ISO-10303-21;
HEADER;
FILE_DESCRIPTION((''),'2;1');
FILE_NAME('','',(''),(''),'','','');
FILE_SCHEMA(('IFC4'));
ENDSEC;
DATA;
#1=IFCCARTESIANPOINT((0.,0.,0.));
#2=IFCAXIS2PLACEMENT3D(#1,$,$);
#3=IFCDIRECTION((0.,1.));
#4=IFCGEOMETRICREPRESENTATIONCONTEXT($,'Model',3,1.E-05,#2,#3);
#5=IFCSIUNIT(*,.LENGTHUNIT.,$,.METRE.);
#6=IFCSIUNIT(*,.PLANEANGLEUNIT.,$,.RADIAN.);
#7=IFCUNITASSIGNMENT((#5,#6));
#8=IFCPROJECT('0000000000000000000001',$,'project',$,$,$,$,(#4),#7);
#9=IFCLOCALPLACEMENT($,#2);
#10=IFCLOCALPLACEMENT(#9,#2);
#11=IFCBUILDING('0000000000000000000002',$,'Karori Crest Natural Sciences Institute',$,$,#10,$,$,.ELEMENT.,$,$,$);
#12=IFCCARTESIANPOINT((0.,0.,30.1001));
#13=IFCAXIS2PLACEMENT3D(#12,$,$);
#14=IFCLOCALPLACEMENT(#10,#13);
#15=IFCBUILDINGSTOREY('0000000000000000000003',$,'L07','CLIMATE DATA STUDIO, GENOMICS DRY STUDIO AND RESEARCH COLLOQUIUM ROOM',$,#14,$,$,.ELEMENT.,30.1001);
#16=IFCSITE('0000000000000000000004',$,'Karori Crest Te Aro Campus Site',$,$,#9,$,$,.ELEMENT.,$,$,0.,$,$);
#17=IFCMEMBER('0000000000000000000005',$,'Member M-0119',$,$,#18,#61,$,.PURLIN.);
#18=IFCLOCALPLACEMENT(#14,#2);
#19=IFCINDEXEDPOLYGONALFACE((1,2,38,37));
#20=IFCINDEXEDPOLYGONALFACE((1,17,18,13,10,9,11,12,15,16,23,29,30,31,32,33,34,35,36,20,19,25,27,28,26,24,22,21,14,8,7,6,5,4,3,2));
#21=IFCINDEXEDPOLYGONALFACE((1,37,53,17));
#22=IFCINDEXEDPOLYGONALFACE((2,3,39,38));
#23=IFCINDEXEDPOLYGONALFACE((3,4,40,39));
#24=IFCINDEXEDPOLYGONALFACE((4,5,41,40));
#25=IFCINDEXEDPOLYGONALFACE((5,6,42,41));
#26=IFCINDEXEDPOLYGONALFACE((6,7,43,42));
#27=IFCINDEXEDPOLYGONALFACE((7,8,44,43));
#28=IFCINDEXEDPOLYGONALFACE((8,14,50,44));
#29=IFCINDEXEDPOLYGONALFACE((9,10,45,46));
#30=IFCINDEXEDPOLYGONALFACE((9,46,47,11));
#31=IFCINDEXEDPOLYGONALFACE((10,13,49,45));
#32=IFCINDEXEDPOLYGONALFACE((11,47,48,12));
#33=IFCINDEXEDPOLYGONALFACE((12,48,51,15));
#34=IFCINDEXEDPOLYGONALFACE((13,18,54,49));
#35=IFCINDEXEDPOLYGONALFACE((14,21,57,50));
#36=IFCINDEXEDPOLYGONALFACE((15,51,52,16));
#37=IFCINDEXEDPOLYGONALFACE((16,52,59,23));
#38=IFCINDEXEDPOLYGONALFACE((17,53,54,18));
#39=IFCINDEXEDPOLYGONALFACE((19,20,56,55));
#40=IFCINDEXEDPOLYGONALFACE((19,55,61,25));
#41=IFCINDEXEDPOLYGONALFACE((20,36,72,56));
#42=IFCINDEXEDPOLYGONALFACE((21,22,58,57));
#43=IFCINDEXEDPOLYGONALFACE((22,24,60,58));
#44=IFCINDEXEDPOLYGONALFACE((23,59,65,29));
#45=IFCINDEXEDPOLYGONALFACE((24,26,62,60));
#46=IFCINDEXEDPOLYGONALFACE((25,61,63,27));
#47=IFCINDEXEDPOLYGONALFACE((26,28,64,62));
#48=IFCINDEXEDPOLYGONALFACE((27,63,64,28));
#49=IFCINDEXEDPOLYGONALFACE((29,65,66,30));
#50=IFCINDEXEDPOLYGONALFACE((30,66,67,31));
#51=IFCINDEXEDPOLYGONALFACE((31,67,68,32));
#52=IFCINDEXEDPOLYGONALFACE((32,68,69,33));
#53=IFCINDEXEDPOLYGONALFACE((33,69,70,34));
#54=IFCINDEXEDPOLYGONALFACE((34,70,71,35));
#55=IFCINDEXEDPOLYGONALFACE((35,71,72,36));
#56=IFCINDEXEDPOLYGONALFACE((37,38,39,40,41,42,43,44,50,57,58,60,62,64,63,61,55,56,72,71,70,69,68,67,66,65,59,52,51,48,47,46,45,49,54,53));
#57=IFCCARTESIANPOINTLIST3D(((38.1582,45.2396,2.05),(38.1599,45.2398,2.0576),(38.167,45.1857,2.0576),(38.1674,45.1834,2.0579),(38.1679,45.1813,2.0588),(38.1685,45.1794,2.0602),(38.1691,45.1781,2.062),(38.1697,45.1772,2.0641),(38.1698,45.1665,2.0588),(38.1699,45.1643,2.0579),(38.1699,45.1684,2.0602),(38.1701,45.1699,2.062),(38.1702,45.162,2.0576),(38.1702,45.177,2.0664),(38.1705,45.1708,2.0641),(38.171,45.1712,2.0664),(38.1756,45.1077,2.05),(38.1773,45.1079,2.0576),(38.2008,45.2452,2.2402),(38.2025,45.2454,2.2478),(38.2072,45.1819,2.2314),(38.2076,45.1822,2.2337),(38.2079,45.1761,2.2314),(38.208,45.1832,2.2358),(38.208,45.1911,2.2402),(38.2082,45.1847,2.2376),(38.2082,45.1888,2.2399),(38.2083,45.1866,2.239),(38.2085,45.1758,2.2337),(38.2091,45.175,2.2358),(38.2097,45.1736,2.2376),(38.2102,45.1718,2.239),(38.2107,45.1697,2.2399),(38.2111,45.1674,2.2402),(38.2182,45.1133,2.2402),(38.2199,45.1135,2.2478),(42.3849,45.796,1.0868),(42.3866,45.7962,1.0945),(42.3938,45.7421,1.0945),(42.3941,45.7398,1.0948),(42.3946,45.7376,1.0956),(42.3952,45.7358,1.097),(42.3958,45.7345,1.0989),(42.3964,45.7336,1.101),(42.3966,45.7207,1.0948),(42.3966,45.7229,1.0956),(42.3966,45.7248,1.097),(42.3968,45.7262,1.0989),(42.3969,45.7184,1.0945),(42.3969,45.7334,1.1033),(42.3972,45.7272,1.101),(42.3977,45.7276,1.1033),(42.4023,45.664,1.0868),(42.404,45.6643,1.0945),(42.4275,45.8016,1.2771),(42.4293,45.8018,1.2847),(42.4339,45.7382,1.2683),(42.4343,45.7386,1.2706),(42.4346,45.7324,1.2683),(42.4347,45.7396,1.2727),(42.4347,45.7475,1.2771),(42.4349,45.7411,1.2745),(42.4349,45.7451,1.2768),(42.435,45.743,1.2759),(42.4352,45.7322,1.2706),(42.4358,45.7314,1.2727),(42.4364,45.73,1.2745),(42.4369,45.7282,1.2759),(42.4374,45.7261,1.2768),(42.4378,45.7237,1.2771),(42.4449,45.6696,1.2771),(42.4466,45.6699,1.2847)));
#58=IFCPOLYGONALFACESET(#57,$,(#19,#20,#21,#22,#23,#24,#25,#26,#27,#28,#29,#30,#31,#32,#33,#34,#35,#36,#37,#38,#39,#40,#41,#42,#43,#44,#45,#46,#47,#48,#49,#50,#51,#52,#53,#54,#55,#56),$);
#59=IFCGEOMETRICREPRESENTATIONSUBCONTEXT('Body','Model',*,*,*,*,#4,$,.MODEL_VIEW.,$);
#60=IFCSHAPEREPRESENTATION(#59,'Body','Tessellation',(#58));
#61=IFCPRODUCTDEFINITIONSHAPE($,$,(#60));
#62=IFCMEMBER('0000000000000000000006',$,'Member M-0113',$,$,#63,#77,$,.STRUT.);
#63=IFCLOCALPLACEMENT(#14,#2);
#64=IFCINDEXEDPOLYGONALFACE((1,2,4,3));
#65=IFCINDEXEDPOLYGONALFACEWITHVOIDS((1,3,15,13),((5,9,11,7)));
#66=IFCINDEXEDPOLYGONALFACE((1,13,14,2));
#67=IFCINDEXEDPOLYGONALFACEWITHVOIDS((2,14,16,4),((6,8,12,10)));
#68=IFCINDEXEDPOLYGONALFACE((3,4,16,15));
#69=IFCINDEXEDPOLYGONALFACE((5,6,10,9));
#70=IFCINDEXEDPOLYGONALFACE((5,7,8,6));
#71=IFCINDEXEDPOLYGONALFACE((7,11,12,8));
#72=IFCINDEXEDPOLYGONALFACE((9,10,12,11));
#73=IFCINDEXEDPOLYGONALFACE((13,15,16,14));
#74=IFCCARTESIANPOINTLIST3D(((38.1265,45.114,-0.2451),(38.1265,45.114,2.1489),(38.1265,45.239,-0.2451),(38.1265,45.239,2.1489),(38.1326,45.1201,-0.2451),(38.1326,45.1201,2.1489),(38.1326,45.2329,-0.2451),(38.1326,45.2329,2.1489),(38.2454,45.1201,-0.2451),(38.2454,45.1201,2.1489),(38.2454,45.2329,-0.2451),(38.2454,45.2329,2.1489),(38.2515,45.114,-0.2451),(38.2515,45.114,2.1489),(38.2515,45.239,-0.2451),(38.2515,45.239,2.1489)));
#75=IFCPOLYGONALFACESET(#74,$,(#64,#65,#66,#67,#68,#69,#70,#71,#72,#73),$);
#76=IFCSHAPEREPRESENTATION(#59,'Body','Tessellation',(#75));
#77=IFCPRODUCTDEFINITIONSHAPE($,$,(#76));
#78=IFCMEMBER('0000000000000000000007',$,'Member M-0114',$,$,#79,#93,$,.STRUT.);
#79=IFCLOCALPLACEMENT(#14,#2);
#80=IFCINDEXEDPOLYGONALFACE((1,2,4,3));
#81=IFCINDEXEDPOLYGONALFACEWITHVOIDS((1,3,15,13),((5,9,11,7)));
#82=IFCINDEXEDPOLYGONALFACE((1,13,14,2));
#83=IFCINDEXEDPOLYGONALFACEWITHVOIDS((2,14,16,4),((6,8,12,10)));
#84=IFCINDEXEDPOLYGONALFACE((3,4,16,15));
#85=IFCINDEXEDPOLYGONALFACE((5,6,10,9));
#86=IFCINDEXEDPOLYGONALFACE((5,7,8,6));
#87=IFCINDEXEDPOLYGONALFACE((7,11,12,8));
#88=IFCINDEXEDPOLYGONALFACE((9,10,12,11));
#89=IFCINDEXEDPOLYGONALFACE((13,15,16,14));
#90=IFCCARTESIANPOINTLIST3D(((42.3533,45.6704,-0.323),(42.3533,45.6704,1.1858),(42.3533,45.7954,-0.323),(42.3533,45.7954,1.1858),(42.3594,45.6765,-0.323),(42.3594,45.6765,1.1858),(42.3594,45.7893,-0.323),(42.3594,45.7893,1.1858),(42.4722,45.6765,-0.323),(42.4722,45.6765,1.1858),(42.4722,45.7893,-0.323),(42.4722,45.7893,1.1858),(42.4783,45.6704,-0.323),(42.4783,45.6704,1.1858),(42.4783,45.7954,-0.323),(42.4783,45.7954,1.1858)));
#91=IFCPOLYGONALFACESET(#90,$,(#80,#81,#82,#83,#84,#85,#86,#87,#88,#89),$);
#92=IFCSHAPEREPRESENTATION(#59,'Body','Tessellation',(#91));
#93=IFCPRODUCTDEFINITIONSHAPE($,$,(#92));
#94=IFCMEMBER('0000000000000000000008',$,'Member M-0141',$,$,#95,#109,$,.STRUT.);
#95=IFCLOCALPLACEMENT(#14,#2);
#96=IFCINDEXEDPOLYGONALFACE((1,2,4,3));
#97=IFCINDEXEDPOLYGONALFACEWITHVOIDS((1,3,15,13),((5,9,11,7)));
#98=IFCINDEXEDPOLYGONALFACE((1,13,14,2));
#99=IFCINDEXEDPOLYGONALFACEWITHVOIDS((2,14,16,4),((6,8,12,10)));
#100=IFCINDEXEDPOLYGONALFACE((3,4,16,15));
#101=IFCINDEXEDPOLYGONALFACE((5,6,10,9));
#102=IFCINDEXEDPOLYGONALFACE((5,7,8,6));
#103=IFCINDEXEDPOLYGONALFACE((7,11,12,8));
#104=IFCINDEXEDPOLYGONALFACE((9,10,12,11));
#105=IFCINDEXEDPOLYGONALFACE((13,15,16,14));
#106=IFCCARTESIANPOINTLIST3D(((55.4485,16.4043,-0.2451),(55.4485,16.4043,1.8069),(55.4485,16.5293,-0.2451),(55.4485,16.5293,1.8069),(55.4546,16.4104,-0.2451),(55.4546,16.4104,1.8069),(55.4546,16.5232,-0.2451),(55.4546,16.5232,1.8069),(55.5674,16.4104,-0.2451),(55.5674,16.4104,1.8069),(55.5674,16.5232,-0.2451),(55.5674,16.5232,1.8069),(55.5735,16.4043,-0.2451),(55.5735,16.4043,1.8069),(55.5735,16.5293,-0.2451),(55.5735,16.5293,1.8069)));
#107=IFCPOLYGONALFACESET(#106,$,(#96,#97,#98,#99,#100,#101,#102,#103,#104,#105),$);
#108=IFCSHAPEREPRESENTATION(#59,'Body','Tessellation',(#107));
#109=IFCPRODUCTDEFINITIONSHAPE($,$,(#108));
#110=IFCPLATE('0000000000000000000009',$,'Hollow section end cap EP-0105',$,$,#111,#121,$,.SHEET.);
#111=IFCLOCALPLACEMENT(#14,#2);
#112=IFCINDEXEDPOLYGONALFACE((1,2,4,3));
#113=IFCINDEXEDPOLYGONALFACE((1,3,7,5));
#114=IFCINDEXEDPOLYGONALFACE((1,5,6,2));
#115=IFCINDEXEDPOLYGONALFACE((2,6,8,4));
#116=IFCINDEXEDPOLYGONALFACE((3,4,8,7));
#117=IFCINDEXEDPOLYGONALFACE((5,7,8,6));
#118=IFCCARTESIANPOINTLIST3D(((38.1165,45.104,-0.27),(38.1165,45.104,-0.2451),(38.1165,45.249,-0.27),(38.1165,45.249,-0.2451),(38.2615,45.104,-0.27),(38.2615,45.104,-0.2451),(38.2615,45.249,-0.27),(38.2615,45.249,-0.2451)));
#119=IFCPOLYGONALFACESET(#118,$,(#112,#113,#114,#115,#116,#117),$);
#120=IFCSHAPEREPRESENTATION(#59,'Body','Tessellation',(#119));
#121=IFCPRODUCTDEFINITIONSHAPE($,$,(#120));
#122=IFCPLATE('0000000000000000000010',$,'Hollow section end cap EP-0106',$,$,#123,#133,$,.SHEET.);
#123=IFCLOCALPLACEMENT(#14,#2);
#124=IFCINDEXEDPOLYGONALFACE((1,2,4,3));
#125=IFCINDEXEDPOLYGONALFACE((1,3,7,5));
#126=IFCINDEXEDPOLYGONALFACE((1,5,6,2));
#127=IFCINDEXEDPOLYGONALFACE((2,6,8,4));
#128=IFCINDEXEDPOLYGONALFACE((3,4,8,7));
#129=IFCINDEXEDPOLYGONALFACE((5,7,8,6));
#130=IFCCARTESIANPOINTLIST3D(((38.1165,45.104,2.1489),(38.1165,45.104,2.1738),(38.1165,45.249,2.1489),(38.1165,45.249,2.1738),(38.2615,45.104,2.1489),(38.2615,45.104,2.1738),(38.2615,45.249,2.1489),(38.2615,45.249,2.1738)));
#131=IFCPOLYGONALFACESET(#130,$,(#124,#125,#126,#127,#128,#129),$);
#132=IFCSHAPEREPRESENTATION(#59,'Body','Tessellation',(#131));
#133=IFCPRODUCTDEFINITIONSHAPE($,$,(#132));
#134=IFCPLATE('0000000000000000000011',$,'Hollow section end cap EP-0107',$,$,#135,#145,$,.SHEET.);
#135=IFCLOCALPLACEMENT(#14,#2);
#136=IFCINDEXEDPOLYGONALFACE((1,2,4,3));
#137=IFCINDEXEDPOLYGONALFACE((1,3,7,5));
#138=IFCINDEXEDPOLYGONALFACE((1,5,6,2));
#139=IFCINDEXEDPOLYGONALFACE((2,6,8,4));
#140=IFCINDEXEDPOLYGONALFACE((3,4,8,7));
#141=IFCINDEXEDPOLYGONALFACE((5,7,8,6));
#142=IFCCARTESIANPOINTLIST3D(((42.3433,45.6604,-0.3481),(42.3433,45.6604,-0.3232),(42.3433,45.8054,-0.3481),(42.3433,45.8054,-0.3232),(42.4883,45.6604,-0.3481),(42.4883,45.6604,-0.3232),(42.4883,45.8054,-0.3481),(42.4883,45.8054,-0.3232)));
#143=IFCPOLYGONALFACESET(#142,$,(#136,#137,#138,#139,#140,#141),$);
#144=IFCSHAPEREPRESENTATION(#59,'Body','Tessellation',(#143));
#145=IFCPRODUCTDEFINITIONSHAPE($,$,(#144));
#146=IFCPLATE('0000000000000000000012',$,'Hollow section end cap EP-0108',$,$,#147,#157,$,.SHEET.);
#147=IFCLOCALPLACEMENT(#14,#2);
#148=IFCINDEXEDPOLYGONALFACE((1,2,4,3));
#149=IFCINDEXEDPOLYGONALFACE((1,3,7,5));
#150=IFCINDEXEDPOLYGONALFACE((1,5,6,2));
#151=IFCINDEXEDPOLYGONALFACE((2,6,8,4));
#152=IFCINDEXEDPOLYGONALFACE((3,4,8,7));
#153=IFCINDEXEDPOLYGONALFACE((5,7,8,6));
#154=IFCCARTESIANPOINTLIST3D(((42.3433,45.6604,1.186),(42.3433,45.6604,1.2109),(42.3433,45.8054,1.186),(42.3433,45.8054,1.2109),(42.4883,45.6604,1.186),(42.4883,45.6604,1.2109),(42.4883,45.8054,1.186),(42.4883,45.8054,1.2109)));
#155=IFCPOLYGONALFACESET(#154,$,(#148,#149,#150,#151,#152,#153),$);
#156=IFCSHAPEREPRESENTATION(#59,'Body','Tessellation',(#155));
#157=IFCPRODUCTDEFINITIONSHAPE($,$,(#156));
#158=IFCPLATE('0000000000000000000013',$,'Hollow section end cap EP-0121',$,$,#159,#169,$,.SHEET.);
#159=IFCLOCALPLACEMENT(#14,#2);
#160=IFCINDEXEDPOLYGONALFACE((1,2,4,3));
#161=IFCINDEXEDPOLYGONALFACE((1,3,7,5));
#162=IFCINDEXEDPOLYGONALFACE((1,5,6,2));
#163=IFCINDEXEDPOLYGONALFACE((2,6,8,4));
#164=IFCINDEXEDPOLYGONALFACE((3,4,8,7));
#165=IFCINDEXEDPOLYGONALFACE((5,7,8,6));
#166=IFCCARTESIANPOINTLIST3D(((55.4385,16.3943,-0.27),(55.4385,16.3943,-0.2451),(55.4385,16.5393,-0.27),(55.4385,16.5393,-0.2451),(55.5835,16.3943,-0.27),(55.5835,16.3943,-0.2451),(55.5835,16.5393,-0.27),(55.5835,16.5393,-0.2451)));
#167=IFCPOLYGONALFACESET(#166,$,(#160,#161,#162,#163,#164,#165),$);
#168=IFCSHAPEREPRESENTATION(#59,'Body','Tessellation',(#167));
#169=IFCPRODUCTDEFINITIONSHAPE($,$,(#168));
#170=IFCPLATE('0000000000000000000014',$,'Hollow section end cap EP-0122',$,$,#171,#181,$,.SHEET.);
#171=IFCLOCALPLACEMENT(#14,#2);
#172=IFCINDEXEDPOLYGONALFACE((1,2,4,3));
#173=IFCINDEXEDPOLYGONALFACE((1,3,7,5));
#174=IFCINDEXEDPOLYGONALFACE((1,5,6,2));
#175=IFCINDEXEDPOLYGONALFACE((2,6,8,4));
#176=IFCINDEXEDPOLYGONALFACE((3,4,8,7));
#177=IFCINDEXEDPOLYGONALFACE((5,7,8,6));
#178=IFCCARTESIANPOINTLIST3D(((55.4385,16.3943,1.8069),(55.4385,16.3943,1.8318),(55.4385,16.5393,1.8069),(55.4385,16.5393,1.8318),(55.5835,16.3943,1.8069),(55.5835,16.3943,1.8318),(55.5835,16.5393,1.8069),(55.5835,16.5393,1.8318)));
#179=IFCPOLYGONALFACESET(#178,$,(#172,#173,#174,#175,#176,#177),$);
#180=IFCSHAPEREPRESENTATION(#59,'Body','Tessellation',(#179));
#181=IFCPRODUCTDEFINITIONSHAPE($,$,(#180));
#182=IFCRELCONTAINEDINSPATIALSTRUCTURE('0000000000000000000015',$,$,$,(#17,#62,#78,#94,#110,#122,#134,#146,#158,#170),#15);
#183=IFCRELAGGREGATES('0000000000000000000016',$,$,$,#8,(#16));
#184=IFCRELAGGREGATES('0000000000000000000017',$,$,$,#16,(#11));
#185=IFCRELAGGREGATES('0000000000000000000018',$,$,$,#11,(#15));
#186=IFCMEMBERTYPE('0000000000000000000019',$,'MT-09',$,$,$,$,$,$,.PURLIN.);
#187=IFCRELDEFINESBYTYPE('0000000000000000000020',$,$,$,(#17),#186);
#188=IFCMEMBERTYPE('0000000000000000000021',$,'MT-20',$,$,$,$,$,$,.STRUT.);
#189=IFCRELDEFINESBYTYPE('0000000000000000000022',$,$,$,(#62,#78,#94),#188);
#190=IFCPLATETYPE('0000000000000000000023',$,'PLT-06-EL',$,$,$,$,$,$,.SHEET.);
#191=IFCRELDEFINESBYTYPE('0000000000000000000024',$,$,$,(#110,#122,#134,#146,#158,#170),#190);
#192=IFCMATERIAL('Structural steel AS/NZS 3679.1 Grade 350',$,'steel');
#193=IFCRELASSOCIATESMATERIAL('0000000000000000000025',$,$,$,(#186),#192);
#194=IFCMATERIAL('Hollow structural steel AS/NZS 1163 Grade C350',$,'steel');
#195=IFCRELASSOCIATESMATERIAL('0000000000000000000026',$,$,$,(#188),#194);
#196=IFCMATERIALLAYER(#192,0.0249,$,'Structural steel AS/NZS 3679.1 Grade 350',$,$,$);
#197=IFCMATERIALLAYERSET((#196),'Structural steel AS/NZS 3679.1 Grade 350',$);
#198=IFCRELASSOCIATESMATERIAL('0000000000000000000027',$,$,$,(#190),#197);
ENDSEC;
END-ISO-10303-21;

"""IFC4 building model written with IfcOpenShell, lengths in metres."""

from ifc_helpers import new_model, si_unit, direction, frame, origin, origin_2d, place, context, subcontext, project, spatial, rectangle, hollow_rectangle, i_section, extrude, material, layer, layer_set, material_profile, profile_set, type_object, element, save


model = new_model("IFC4")

# Units and contexts
model_context = context("Model", 3, precision=1e-05, world=origin(), true_north=direction((0.0, 1.0)))
body_context = subcontext(model_context, "Body", "Model", "MODEL_VIEW")
ifc_project = project(units=[si_unit("LENGTHUNIT", "METRE"), si_unit("PLANEANGLEUNIT", "RADIAN")], contexts=[model_context])

# Site, building, storey
site_placement = place(None, origin())
site = spatial("IfcSite", under=ifc_project, at=site_placement, Name="Karori Crest Te Aro Campus Site", CompositionType="ELEMENT", RefElevation=0.0)
building_placement = place(site_placement, origin())
building = spatial("IfcBuilding", under=site, at=building_placement, Name="Karori Crest Natural Sciences Institute", CompositionType="ELEMENT")
storey_placement = place(building_placement, frame((0.0, 0.0, 30.1001)))
storey = spatial("IfcBuildingStorey", under=building, at=storey_placement, Name="L07", Description="CLIMATE DATA STUDIO, GENOMICS DRY STUDIO AND RESEARCH COLLOQUIUM ROOM", CompositionType="ELEMENT", Elevation=30.1001)

# Members
ifc_material_1 = material(Name="Structural steel AS/NZS 3679.1 Grade 350", Category="steel")
ifc_material_profile_1 = material_profile(ifc_material_1, i_section(OverallWidth=0.1331, OverallDepth=0.2029, WebThickness=0.0059, FlangeThickness=0.0078, FilletRadius=0.009, at=origin_2d()), Name="200UB25.4")
ifc_profile_set_1 = profile_set([ifc_material_profile_1], Name="Structural steel AS/NZS 3679.1 Grade 350")
member_type_1 = type_object("IfcMemberType", Name="MT-09", PredefinedType="PURLIN", material=ifc_profile_set_1)
member_1_placement = place(storey_placement, frame((42.4158, 45.7329, 1.1858), z_axis=(-0.967076, -0.127301, 0.220361), x_axis=(0.130509, -0.991447, 0.0)))
element("IfcMember", 1, at=member_1_placement, inside=storey, type_object=member_type_1, Name="Member M-0119", PredefinedType="PURLIN", context=body_context, shape_type="SweptSolid", body=[
    extrude(i_section(OverallWidth=0.1331, OverallDepth=0.2029, WebThickness=0.0059, FlangeThickness=0.0078, FilletRadius=0.009, at=origin_2d()), origin(), (0.0, 0.0, 1.0), 4.3706),
])
ifc_material_2 = material(Name="Hollow structural steel AS/NZS 1163 Grade C350", Category="steel")
ifc_material_profile_2 = material_profile(ifc_material_2, hollow_rectangle(XDim=0.125, YDim=0.125, WallThickness=0.0061, at=origin_2d()), Name="SHS125x125x6")
ifc_profile_set_2 = profile_set([ifc_material_profile_2], Name="Hollow structural steel AS/NZS 1163 Grade C350")
member_type_2 = type_object("IfcMemberType", Name="MT-20", PredefinedType="STRUT", material=ifc_profile_set_2)
member_2_placement = place(storey_placement, frame((38.189, 45.1765, -0.2451), z_axis=(0.0, 0.0, 1.0), x_axis=(1.0, 0.0, 0.0)))
element("IfcMember", 2, at=member_2_placement, inside=storey, type_object=member_type_2, Name="Member M-0113", PredefinedType="STRUT", context=body_context, shape_type="SweptSolid", body=[
    extrude(hollow_rectangle(XDim=0.125, YDim=0.125, WallThickness=0.0061, at=origin_2d()), origin(), (0.0, 0.0, 1.0), 2.394),
])
member_3_placement = place(storey_placement, frame((42.4158, 45.7329, -0.323), z_axis=(0.0, 0.0, 1.0), x_axis=(1.0, 0.0, 0.0)))
element("IfcMember", 3, at=member_3_placement, inside=storey, type_object=member_type_2, Name="Member M-0114", PredefinedType="STRUT", context=body_context, shape_type="SweptSolid", body=[
    extrude(hollow_rectangle(XDim=0.125, YDim=0.125, WallThickness=0.0061, at=origin_2d()), origin(), (0.0, 0.0, 1.0), 1.5088),
])
member_4_placement = place(storey_placement, frame((55.511, 16.4668, -0.2451), z_axis=(0.0, 0.0, 1.0), x_axis=(1.0, 0.0, 0.0)))
element("IfcMember", 4, at=member_4_placement, inside=storey, type_object=member_type_2, Name="Member M-0141", PredefinedType="STRUT", context=body_context, shape_type="SweptSolid", body=[
    extrude(hollow_rectangle(XDim=0.125, YDim=0.125, WallThickness=0.0061, at=origin_2d()), origin(), (0.0, 0.0, 1.0), 2.052),
])

# Plates
ifc_layer_1 = layer(ifc_material_1, 0.0249, Name="Structural steel AS/NZS 3679.1 Grade 350")
ifc_layer_set_1 = layer_set([ifc_layer_1], Name="Structural steel AS/NZS 3679.1 Grade 350")
plate_type = type_object("IfcPlateType", Name="PLT-06-EL", PredefinedType="SHEET", material=ifc_layer_set_1)
for number, where, z_axis, x_axis, name in (
    (5, (38.189, 45.1765, -0.27), (0.0, 0.0, 1.0), (1.0, 0.0, 0.0), "Hollow section end cap EP-0105"),
    (6, (38.189, 45.1765, 2.1489), (0.0, 0.0, 1.0), (1.0, 0.0, 0.0), "Hollow section end cap EP-0106"),
    (7, (42.4158, 45.7329, -0.3481), (0.0, 0.0, 1.0), (1.0, 0.0, 0.0), "Hollow section end cap EP-0107"),
    (8, (42.4158, 45.7329, 1.186), (0.0, 0.0, 1.0), (1.0, 0.0, 0.0), "Hollow section end cap EP-0108"),
    (9, (55.511, 16.4668, -0.27), (0.0, 0.0, 1.0), (1.0, 0.0, 0.0), "Hollow section end cap EP-0121"),
    (10, (55.511, 16.4668, 1.8069), (0.0, 0.0, 1.0), (1.0, 0.0, 0.0), "Hollow section end cap EP-0122"),
):
    element("IfcPlate", number, at=place(storey_placement, frame(where, z_axis=z_axis, x_axis=x_axis)), inside=storey, type_object=plate_type, Name=name, PredefinedType="SHEET", context=body_context, shape_type="SweptSolid", body=[
        extrude(rectangle(XDim=0.145, YDim=0.145, at=origin_2d()), origin(), (0.0, 0.0, 1.0), 0.0249),
    ])

save(model, "model.ifc")
